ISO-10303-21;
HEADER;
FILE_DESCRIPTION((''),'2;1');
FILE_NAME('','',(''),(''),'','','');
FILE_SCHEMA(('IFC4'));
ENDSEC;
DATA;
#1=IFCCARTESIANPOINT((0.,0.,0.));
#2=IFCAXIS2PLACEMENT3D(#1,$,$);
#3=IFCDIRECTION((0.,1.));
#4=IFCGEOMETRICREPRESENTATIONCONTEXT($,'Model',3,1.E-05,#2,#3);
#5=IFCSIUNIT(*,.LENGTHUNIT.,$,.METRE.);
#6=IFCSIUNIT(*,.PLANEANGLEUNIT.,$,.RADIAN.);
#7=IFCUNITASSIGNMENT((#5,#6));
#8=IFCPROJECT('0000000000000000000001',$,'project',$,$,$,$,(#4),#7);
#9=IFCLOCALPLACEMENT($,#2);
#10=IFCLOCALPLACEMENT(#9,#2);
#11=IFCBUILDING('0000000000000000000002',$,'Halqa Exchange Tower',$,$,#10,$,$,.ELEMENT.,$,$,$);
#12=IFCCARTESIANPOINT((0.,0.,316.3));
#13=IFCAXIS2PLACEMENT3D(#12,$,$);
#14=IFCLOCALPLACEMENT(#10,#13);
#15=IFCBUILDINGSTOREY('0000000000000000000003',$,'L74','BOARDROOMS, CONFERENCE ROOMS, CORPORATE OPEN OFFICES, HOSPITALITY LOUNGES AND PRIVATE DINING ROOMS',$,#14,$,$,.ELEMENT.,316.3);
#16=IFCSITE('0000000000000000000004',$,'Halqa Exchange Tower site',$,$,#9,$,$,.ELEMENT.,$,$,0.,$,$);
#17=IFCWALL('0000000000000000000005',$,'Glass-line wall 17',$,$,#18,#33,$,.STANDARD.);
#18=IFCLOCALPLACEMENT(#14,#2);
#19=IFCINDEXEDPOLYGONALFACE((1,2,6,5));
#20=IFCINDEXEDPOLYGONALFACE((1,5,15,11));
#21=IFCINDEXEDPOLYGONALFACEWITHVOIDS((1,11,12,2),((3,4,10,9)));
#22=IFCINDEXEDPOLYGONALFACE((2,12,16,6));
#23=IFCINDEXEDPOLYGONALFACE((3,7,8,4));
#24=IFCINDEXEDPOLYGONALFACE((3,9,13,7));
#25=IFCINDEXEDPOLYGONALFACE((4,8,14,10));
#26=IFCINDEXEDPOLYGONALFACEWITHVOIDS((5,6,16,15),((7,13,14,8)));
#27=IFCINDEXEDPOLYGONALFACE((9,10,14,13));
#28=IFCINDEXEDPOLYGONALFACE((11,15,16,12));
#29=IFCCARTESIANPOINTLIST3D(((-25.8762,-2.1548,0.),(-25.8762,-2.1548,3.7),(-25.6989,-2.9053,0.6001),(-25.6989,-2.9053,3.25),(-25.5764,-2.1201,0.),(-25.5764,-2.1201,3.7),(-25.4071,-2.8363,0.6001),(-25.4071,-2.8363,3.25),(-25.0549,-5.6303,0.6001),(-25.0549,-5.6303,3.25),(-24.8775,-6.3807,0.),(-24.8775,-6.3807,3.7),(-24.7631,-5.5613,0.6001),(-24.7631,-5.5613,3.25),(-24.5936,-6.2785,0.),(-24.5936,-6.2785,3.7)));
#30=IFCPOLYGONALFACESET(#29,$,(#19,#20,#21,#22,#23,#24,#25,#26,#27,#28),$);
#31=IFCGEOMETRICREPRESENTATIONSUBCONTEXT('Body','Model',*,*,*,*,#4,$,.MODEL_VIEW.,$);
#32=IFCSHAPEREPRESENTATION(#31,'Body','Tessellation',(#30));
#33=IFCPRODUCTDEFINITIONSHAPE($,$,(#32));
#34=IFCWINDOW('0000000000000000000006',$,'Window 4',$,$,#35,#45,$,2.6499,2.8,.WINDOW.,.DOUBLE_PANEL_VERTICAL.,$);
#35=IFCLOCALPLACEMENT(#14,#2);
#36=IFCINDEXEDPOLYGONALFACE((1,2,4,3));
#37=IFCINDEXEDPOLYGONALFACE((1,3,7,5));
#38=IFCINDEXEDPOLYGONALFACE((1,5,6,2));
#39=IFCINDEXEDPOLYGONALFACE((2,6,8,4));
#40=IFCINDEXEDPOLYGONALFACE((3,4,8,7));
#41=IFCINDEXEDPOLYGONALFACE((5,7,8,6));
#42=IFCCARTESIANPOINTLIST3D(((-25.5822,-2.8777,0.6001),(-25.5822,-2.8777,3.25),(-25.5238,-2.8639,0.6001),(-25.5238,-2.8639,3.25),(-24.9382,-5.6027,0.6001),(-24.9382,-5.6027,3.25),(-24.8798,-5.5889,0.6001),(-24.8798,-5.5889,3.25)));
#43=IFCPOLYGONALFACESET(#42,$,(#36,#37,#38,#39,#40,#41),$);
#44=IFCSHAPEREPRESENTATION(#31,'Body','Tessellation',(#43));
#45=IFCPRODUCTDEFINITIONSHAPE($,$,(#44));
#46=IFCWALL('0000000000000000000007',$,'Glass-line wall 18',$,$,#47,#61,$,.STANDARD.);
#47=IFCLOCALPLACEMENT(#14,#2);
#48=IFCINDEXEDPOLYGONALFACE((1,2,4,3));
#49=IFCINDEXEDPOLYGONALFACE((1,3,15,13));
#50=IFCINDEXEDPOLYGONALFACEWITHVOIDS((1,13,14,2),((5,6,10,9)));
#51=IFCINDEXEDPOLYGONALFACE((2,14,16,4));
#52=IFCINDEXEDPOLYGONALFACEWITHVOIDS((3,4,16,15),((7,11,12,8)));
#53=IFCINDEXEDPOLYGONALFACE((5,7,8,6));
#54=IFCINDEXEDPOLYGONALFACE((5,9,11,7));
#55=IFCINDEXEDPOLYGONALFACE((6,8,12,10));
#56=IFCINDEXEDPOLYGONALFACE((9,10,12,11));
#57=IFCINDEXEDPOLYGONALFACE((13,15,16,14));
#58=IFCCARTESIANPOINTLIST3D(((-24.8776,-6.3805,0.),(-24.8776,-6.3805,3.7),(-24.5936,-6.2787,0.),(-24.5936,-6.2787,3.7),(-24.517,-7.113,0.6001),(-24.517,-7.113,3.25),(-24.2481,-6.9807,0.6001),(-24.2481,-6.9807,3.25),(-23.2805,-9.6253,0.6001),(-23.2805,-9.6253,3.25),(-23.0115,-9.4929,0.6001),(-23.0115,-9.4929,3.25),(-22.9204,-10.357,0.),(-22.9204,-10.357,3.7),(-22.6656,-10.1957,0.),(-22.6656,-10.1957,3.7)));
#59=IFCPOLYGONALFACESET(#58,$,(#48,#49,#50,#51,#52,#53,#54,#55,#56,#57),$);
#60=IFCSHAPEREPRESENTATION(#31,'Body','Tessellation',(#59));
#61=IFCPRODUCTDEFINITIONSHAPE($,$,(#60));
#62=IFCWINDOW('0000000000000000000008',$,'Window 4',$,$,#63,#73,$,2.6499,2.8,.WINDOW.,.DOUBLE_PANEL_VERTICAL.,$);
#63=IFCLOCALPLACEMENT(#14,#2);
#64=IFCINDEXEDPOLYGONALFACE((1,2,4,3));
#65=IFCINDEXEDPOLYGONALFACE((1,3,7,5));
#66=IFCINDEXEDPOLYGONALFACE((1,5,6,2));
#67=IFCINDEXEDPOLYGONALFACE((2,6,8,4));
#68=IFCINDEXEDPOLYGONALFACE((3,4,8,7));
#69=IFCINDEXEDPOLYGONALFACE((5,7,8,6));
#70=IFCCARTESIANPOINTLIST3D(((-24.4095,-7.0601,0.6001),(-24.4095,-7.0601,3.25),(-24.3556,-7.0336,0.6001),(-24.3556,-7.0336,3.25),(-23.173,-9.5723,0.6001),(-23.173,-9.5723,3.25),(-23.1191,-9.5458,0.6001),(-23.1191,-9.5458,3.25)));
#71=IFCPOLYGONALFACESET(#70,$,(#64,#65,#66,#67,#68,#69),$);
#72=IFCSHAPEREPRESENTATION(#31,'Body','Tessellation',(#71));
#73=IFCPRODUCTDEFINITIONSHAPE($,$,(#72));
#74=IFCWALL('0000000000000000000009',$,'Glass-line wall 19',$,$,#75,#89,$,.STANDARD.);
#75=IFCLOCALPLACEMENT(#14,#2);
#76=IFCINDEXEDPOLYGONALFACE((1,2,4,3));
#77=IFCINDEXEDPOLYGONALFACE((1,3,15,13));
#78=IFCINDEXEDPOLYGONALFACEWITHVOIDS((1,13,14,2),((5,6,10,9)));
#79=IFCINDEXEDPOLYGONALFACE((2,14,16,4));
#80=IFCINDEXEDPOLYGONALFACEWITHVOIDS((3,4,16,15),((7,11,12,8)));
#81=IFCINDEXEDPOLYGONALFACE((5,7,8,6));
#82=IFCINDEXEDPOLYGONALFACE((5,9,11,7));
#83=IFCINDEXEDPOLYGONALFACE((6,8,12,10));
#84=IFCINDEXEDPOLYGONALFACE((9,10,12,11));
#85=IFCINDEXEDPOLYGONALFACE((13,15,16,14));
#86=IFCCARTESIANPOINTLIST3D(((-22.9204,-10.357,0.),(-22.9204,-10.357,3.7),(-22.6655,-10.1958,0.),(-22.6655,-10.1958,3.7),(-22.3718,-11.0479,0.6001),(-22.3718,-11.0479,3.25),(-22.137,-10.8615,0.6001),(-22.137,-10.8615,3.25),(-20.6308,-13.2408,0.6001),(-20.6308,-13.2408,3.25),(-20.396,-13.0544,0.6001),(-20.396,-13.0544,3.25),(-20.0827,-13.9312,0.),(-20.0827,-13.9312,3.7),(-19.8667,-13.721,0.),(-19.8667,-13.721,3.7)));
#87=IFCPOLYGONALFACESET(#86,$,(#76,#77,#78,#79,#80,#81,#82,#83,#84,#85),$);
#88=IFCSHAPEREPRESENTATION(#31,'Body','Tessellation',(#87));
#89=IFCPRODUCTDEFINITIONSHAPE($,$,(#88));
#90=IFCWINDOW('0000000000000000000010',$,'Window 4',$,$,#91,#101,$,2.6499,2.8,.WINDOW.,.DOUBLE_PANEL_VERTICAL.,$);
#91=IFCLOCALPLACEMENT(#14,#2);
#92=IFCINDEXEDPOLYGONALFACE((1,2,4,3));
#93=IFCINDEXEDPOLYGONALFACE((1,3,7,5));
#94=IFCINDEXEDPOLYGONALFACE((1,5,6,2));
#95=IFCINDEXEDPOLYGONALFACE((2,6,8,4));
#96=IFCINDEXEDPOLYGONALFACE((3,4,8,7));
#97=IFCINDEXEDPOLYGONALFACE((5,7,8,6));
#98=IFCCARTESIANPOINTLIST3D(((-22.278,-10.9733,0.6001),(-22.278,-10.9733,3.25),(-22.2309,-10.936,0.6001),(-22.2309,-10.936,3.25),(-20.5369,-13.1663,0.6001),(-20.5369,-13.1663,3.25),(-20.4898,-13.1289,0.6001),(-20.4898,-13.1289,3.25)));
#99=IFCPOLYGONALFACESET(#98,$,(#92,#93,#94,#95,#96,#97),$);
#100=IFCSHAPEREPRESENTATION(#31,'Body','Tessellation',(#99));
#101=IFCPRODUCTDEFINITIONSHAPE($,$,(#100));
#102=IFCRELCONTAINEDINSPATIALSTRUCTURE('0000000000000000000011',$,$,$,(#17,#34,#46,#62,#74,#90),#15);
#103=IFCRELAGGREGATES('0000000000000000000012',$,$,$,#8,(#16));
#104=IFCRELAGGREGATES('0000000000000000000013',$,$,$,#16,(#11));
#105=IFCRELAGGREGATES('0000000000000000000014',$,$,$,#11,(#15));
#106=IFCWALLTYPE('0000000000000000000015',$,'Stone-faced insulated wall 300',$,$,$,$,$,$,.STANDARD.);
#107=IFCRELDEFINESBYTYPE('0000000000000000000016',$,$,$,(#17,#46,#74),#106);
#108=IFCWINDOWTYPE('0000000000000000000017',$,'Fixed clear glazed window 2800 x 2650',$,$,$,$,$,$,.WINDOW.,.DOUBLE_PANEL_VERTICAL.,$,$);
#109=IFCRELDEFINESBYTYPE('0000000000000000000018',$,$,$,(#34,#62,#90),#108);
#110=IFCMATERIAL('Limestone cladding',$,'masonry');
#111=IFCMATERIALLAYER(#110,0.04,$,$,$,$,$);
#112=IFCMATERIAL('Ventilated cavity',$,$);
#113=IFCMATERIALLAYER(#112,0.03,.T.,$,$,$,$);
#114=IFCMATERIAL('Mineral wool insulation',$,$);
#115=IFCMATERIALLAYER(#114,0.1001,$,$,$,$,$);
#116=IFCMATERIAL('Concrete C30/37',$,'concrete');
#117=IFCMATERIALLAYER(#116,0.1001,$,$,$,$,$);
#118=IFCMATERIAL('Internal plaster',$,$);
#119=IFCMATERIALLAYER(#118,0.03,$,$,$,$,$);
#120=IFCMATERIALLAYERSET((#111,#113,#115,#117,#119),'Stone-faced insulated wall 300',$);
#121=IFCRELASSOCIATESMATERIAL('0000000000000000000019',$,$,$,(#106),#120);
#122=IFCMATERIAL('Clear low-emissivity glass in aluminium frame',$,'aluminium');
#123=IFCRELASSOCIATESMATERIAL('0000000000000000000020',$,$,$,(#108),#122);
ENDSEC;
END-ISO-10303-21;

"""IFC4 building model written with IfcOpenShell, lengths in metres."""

from ifc_helpers import new_model, si_unit, direction, frame, frame_2d, origin, place, context, subcontext, project, spatial, polyline, rectangle, outline, extrude, material, layer, layer_set, type_object, element, fill, save


model = new_model("IFC4")

# Units and contexts
model_context = context("Model", 3, precision=1e-05, world=origin(), true_north=direction((0.0, 1.0)))
body_context = subcontext(model_context, "Body", "Model", "MODEL_VIEW")
ifc_project = project(units=[si_unit("LENGTHUNIT", "METRE"), si_unit("PLANEANGLEUNIT", "RADIAN")], contexts=[model_context])

# Site, building, storey
site_placement = place(None, origin())
site = spatial("IfcSite", under=ifc_project, at=site_placement, Name="Halqa Exchange Tower site", CompositionType="ELEMENT", RefElevation=0.0)
building_placement = place(site_placement, origin())
building = spatial("IfcBuilding", under=site, at=building_placement, Name="Halqa Exchange Tower", CompositionType="ELEMENT")
storey_placement = place(building_placement, frame((0.0, 0.0, 316.3)))
storey = spatial("IfcBuildingStorey", under=building, at=storey_placement, Name="L74", Description="BOARDROOMS, CONFERENCE ROOMS, CORPORATE OPEN OFFICES, HOSPITALITY LOUNGES AND PRIVATE DINING ROOMS", CompositionType="ELEMENT", Elevation=316.3)

# Walls, openings, windows
ifc_material_1 = material(Name="Limestone cladding", Category="masonry")
ifc_layer_1 = layer(ifc_material_1, 0.04)
ifc_material_2 = material(Name="Ventilated cavity")
ifc_layer_2 = layer(ifc_material_2, 0.03, ventilated=True)
ifc_material_3 = material(Name="Mineral wool insulation")
ifc_layer_3 = layer(ifc_material_3, 0.1001)
ifc_material_4 = material(Name="Concrete C30/37", Category="concrete")
ifc_layer_4 = layer(ifc_material_4, 0.1001)
ifc_material_5 = material(Name="Internal plaster")
ifc_layer_5 = layer(ifc_material_5, 0.03)
ifc_layer_set_1 = layer_set([ifc_layer_1, ifc_layer_2, ifc_layer_3, ifc_layer_4, ifc_layer_5], Name="Stone-faced insulated wall 300")
wall_type_1 = type_object("IfcWallType", Name="Stone-faced insulated wall 300", PredefinedType="STANDARD", material=ifc_layer_set_1)
wall_1_placement = place(storey_placement, frame((-25.7263, -2.1375, 0.0), z_axis=(0.0, 0.0, 1.0), x_axis=(0.229993, -0.973192, 0.0)))
wall_1 = element("IfcWall", 1, at=wall_1_placement, inside=storey, type_object=wall_type_1, Name="Glass-line wall 17", PredefinedType="STANDARD", context=body_context, shape_type="SweptSolid", body=[
    extrude(outline(polyline([(-0.0176, -0.1499), (4.3247, -0.1499), (4.2905, 0.1499), (0.0176, 0.1499), (-0.0176, -0.1499)])), origin(), (0.0, 0.0, 1.0), 3.7),
])
opening_1_placement = place(wall_1_placement, frame((0.7537, 0.0, 0.6001)))
opening_1 = element("IfcOpeningElement", 2, at=opening_1_placement, cuts=wall_1, PredefinedType="OPENING", context=body_context, shape_type="SweptSolid", body=[
    extrude(rectangle(XDim=2.8, YDim=2.6499, at=frame_2d((1.3999, 1.325))), frame((0.0, 0.1621, 0.0), z_axis=(0.0, -1.0, 0.0), x_axis=(1.0, 0.0, 0.0)), (0.0, 0.0, 1.0), 0.324),
])
ifc_material_6 = material(Name="Clear low-emissivity glass in aluminium frame", Category="aluminium")
window_type = type_object("IfcWindowType", Name="Fixed clear glazed window 2800 x 2650", PartitioningType="DOUBLE_PANEL_VERTICAL", PredefinedType="WINDOW", material=ifc_material_6)
window_1_placement = place(opening_1_placement, origin())
window_1 = element("IfcWindow", 3, at=window_1_placement, inside=storey, type_object=window_type, Name="Window 4", OverallHeight=2.6499, OverallWidth=2.8, PartitioningType="DOUBLE_PANEL_VERTICAL", PredefinedType="WINDOW", context=body_context, shape_type="SweptSolid", body=[
    extrude(rectangle(XDim=2.8, YDim=2.6499, at=frame_2d((1.3999, 1.325))), frame((0.0, 0.03, 0.0), z_axis=(0.0, -1.0, 0.0), x_axis=(1.0, 0.0, 0.0)), (0.0, 0.0, 1.0), 0.0601),
])
fill(opening_1, window_1)
wall_2_placement = place(storey_placement, frame((-24.7356, -6.3296, 0.0), z_axis=(0.0, 0.0, 1.0), x_axis=(0.44161, -0.897207, 0.0)))
wall_2 = element("IfcWall", 4, at=wall_2_placement, inside=storey, type_object=wall_type_1, Name="Glass-line wall 18", PredefinedType="STANDARD", context=body_context, shape_type="SweptSolid", body=[
    extrude(outline(polyline([(-0.0171, -0.1499), (4.415, -0.1499), (4.3828, 0.1499), (0.0171, 0.1499), (-0.0171, -0.1499)])), origin(), (0.0, 0.0, 1.0), 3.7),
])
opening_2_placement = place(wall_2_placement, frame((0.7996, 0.0, 0.6001)))
opening_2 = element("IfcOpeningElement", 5, at=opening_2_placement, cuts=wall_2, PredefinedType="OPENING", context=body_context, shape_type="SweptSolid", body=[
    extrude(rectangle(XDim=2.8, YDim=2.6499, at=frame_2d((1.3999, 1.325))), frame((0.0, 0.1621, 0.0), z_axis=(0.0, -1.0, 0.0), x_axis=(1.0, 0.0, 0.0)), (0.0, 0.0, 1.0), 0.324),
])
window_2_placement = place(opening_2_placement, origin())
window_2 = element("IfcWindow", 6, at=window_2_placement, inside=storey, type_object=window_type, Name="Window 4", OverallHeight=2.6499, OverallWidth=2.8, PartitioningType="DOUBLE_PANEL_VERTICAL", PredefinedType="WINDOW", context=body_context, shape_type="SweptSolid", body=[
    extrude(rectangle(XDim=2.8, YDim=2.6499, at=frame_2d((1.3999, 1.325))), frame((0.0, 0.03, 0.0), z_axis=(0.0, -1.0, 0.0), x_axis=(1.0, 0.0, 0.0)), (0.0, 0.0, 1.0), 0.0601),
])
fill(opening_2, window_2)
wall_3_placement = place(storey_placement, frame((-22.793, -10.2764, 0.0), z_axis=(0.0, 0.0, 1.0), x_axis=(0.621801, -0.783176, 0.0)))
wall_3 = element("IfcWall", 7, at=wall_3_placement, inside=storey, type_object=wall_type_1, Name="Glass-line wall 19", PredefinedType="STANDARD", context=body_context, shape_type="SweptSolid", body=[
    extrude(outline(polyline([(-0.0161, -0.1499), (4.5476, -0.1499), (4.5173, 0.1499), (0.0161, 0.1499), (-0.0161, -0.1499)])), origin(), (0.0, 0.0, 1.0), 3.7),
])
opening_3_placement = place(wall_3_placement, frame((0.8662, 0.0, 0.6001)))
opening_3 = element("IfcOpeningElement", 8, at=opening_3_placement, cuts=wall_3, PredefinedType="OPENING", context=body_context, shape_type="SweptSolid", body=[
    extrude(rectangle(XDim=2.8, YDim=2.6499, at=frame_2d((1.3999, 1.325))), frame((0.0, 0.1621, 0.0), z_axis=(0.0, -1.0, 0.0), x_axis=(1.0, 0.0, 0.0)), (0.0, 0.0, 1.0), 0.324),
])
window_3_placement = place(opening_3_placement, origin())
window_3 = element("IfcWindow", 9, at=window_3_placement, inside=storey, type_object=window_type, Name="Window 4", OverallHeight=2.6499, OverallWidth=2.8, PartitioningType="DOUBLE_PANEL_VERTICAL", PredefinedType="WINDOW", context=body_context, shape_type="SweptSolid", body=[
    extrude(rectangle(XDim=2.8, YDim=2.6499, at=frame_2d((1.3999, 1.325))), frame((0.0, 0.03, 0.0), z_axis=(0.0, -1.0, 0.0), x_axis=(1.0, 0.0, 0.0)), (0.0, 0.0, 1.0), 0.0601),
])
fill(opening_3, window_3)

save(model, "model.ifc")
